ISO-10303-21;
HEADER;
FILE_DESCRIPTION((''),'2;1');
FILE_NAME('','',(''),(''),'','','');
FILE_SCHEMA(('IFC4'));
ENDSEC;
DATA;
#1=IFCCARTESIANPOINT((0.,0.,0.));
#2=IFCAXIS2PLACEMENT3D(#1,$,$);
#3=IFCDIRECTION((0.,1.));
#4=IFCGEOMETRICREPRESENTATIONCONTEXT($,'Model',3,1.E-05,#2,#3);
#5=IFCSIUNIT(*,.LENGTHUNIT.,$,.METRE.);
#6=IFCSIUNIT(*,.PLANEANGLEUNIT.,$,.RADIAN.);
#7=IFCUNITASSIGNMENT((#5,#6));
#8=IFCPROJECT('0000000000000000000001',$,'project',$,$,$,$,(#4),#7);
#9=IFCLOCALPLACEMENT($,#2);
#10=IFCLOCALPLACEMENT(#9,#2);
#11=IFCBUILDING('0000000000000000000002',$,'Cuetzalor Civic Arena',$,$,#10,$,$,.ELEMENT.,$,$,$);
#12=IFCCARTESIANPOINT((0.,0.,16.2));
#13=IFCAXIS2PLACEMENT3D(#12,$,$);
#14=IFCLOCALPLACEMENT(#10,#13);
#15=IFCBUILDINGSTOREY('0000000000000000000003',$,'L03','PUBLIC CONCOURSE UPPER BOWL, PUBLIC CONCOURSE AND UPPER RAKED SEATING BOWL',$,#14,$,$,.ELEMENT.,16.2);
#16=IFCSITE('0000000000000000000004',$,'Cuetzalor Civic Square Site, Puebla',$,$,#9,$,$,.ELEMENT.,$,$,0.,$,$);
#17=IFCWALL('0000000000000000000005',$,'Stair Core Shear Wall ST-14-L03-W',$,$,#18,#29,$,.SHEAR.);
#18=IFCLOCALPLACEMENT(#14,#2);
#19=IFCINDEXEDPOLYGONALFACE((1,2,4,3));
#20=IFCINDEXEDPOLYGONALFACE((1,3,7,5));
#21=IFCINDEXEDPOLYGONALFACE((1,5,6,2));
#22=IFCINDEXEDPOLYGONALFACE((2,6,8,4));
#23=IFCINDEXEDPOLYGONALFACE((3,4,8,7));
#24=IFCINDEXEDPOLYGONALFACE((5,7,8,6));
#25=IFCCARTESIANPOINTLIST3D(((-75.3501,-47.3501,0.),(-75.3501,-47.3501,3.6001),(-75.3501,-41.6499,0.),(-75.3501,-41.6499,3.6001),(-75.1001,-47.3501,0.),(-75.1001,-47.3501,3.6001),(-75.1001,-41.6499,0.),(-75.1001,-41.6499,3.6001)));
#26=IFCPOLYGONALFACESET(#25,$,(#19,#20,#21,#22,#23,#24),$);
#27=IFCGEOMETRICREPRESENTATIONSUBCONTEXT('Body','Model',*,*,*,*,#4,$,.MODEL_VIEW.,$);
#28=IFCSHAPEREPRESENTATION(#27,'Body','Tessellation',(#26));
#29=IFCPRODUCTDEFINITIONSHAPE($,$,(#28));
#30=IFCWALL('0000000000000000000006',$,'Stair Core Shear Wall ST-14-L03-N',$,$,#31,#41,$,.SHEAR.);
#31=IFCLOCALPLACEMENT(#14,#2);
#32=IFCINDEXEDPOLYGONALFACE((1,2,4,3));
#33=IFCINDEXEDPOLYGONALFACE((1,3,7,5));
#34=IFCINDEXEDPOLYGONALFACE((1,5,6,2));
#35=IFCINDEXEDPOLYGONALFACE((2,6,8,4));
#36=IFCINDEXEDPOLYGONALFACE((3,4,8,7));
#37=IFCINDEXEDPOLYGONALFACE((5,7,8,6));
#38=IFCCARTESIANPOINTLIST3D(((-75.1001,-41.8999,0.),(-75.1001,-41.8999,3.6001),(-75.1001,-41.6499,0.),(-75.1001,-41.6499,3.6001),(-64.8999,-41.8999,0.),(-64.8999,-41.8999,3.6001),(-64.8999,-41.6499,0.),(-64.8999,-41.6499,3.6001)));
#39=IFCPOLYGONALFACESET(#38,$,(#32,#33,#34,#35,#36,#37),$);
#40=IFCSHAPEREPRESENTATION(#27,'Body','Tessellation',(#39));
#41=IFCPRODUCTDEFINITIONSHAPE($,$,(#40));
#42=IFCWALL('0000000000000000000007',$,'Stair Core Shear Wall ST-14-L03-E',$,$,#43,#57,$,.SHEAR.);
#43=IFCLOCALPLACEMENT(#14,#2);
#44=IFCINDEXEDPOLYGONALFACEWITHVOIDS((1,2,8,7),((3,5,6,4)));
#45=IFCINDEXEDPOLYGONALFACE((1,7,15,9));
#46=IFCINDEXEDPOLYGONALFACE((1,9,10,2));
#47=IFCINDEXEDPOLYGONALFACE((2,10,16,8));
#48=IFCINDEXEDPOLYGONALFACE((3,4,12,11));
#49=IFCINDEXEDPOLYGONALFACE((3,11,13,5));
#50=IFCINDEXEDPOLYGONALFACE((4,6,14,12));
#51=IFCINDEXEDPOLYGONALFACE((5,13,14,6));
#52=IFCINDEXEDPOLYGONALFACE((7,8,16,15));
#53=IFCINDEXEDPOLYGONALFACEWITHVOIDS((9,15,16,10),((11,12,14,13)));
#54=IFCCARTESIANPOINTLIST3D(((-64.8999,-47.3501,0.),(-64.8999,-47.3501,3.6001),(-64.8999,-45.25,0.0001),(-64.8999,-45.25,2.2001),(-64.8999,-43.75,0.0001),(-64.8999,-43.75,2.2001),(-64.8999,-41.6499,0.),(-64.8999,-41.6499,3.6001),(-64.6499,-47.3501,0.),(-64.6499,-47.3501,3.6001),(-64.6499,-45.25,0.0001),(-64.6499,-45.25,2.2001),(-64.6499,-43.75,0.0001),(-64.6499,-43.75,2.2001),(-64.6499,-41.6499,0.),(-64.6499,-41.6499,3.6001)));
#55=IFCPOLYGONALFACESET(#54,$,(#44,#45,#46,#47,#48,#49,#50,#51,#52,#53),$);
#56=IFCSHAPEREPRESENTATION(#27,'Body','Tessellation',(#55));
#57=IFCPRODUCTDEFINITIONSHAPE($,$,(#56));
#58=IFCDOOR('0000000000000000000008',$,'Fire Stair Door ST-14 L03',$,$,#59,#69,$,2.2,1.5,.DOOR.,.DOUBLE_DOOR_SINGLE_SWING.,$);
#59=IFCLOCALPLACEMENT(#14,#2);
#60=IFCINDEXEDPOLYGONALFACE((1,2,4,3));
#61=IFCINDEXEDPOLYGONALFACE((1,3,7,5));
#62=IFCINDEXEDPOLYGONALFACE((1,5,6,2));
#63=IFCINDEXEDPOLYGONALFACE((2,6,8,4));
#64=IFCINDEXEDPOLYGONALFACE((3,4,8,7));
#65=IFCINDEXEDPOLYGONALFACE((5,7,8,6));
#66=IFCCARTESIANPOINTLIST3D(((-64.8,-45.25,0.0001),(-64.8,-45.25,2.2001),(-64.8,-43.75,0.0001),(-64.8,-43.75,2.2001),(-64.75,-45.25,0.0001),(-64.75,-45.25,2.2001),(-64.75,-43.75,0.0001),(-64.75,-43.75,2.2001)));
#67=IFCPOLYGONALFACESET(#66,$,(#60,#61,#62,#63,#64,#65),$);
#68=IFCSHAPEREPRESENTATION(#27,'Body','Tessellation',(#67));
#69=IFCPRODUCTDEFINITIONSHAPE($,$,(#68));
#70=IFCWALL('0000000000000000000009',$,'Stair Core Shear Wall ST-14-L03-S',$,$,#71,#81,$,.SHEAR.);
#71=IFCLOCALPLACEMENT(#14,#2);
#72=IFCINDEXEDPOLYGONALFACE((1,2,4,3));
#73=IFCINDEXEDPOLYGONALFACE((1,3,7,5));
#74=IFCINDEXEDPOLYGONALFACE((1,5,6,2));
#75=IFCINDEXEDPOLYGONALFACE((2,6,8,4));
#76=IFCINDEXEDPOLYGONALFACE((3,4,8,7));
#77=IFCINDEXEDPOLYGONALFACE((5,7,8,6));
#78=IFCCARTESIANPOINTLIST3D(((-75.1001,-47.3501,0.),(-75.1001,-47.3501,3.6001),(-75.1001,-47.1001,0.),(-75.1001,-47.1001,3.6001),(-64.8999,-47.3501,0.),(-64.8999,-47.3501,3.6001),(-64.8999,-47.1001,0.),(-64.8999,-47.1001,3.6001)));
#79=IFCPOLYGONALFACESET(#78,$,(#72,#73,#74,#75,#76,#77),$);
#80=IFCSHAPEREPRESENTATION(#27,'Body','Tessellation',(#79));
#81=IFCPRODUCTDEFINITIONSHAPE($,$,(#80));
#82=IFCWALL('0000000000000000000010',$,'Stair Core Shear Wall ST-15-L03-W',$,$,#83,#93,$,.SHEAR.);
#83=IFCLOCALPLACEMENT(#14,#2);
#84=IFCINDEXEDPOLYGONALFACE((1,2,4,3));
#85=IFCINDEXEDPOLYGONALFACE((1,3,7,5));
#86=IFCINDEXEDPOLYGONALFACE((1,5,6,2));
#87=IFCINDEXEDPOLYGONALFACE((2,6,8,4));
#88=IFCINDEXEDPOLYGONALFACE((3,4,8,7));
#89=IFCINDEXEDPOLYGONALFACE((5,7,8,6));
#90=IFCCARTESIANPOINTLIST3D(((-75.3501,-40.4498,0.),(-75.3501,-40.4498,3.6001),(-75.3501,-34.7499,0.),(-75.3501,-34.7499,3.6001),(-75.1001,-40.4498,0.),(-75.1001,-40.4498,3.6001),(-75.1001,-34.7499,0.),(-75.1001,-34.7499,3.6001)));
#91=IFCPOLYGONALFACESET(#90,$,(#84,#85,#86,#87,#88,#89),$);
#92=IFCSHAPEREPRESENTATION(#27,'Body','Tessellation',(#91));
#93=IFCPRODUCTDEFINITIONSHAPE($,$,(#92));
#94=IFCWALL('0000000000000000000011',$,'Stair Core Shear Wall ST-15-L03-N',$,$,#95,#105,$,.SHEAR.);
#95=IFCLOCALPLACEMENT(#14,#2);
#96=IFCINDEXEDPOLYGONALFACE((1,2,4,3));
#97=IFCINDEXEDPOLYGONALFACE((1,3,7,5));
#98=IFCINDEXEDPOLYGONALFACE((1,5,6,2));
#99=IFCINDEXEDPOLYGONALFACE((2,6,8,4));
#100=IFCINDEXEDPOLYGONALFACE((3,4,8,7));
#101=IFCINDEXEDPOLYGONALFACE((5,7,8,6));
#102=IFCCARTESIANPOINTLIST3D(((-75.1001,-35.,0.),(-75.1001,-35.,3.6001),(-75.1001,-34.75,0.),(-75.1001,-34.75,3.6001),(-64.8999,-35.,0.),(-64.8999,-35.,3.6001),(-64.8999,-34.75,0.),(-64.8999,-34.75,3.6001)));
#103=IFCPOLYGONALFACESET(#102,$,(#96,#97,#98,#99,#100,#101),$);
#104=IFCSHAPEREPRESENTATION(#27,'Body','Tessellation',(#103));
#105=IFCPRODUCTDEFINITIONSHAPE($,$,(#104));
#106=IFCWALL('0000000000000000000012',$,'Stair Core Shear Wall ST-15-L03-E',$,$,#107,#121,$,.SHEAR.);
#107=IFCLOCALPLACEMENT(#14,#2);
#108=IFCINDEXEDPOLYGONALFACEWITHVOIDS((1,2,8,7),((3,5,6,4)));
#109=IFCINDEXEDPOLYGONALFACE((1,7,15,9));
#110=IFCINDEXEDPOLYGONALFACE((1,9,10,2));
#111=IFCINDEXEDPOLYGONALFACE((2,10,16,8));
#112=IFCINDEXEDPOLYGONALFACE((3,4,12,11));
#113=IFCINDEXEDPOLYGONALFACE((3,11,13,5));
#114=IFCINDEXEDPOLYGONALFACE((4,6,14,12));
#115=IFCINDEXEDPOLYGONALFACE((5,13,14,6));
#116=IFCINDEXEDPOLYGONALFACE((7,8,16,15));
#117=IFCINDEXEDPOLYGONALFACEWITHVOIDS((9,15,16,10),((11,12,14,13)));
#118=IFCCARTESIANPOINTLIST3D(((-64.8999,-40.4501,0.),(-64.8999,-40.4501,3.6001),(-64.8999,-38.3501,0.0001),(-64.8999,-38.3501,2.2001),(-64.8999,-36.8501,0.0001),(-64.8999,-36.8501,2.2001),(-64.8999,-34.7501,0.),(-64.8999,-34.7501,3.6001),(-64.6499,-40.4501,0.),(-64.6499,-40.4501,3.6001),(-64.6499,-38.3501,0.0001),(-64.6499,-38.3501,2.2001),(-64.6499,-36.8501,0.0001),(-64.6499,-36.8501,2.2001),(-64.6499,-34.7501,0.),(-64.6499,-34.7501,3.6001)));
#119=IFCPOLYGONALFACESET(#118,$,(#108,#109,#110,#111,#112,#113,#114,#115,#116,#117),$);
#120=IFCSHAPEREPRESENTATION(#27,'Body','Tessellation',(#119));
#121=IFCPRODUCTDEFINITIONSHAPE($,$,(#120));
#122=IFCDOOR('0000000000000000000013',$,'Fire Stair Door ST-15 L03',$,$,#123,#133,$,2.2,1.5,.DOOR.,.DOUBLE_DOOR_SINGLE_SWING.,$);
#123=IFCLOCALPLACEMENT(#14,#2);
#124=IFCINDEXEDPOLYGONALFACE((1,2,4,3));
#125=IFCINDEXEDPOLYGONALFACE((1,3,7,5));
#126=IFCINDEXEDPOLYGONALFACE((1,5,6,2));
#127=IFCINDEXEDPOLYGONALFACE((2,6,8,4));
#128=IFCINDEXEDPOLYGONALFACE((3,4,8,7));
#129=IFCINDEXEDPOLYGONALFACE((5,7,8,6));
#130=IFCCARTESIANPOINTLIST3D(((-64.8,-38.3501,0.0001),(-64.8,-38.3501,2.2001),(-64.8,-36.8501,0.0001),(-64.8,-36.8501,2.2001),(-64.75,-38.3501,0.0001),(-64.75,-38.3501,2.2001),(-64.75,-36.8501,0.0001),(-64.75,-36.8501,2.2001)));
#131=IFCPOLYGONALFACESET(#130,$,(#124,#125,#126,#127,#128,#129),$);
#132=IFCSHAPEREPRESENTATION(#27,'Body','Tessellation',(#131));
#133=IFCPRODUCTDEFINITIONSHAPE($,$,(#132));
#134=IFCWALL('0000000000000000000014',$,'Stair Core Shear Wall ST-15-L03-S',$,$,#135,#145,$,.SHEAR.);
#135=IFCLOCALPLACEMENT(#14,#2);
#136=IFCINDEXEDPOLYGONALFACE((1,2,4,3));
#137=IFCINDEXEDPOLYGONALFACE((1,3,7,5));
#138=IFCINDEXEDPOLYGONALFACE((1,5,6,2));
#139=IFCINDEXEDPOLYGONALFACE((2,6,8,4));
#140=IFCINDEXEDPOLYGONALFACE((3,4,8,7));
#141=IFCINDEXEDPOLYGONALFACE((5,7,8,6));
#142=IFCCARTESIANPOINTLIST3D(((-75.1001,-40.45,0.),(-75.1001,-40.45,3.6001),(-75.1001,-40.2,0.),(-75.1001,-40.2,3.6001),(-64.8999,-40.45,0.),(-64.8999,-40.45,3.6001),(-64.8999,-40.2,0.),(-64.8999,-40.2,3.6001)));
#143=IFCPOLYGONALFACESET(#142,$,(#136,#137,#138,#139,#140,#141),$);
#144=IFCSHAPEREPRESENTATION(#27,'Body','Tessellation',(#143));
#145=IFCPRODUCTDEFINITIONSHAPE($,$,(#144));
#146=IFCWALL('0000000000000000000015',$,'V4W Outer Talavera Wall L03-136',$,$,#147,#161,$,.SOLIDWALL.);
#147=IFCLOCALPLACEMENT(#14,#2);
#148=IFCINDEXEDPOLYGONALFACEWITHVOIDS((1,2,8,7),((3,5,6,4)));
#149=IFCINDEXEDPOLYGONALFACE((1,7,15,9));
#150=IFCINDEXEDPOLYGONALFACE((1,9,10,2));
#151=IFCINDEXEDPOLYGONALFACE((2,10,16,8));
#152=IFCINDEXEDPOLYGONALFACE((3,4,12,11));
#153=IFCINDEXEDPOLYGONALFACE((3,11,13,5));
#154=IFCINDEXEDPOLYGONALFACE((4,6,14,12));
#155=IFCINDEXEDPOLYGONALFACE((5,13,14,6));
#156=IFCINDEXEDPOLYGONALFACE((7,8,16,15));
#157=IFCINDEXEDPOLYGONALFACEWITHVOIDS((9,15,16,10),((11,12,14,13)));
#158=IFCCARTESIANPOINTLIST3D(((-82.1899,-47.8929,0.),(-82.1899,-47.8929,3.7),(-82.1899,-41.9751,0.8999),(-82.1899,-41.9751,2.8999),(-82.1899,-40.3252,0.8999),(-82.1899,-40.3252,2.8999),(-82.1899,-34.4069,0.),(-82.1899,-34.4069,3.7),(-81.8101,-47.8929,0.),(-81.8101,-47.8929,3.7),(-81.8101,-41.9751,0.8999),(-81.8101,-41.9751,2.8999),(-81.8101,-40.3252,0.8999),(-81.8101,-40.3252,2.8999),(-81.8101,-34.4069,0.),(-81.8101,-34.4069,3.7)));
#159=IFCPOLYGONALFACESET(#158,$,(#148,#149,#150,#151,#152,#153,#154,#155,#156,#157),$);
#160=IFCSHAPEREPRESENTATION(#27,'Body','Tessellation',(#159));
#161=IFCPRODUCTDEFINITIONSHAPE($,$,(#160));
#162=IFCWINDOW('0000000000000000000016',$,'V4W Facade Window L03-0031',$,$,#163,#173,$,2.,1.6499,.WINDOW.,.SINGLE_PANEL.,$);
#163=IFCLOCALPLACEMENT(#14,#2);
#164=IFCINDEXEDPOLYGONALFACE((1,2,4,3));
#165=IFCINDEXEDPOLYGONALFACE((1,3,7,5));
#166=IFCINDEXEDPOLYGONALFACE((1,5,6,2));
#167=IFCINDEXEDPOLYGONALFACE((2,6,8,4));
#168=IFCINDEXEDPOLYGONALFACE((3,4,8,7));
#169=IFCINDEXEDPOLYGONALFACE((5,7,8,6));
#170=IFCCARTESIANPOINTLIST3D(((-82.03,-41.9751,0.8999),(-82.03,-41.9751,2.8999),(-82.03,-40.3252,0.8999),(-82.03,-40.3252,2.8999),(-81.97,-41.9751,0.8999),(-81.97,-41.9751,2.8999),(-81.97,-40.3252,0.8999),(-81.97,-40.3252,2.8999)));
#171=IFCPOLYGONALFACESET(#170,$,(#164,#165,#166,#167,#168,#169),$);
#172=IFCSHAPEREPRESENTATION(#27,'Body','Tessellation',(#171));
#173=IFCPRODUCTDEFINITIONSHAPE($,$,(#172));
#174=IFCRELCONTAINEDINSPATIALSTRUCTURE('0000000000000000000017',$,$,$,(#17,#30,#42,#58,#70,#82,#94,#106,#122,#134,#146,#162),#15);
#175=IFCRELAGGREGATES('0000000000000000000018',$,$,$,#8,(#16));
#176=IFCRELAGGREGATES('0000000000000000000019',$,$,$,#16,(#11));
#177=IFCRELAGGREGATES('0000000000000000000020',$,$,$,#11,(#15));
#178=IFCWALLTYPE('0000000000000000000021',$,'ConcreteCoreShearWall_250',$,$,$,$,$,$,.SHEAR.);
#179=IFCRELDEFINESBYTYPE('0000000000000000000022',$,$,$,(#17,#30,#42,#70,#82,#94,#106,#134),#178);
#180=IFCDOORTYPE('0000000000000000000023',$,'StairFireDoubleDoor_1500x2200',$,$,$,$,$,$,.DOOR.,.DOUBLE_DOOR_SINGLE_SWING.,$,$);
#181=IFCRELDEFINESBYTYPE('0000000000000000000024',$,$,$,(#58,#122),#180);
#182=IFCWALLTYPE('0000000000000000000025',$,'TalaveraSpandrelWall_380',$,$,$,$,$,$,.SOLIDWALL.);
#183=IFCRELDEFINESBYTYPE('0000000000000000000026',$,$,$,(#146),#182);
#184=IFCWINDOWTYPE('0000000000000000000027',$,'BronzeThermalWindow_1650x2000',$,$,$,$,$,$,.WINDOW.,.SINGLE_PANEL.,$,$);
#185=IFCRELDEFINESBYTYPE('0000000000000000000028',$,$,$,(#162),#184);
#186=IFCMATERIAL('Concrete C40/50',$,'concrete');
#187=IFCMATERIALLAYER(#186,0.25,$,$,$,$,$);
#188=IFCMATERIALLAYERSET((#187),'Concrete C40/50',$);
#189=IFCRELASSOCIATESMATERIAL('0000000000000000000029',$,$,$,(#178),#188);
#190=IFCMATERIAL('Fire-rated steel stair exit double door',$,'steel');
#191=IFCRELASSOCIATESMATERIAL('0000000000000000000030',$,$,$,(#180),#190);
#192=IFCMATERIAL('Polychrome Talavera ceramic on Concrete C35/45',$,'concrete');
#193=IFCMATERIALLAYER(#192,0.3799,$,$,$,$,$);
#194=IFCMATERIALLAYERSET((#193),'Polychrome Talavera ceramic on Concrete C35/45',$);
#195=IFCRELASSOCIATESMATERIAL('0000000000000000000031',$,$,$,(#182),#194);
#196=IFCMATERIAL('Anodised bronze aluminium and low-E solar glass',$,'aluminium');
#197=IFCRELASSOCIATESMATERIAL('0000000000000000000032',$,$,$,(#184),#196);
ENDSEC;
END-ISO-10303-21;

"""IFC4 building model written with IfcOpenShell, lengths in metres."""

from ifc_helpers import new_model, si_unit, direction, frame, frame_2d, origin, place, context, subcontext, project, spatial, rectangle, extrude, material, layer, layer_set, type_object, element, fill, save


model = new_model("IFC4")

# Units and contexts
model_context = context("Model", 3, precision=1e-05, world=origin(), true_north=direction((0.0, 1.0)))
body_context = subcontext(model_context, "Body", "Model", "MODEL_VIEW")
ifc_project = project(units=[si_unit("LENGTHUNIT", "METRE"), si_unit("PLANEANGLEUNIT", "RADIAN")], contexts=[model_context])

# Site, building, storey
site_placement = place(None, origin())
site = spatial("IfcSite", under=ifc_project, at=site_placement, Name="Cuetzalor Civic Square Site, Puebla", CompositionType="ELEMENT", RefElevation=0.0)
building_placement = place(site_placement, origin())
building = spatial("IfcBuilding", under=site, at=building_placement, Name="Cuetzalor Civic Arena", CompositionType="ELEMENT")
storey_placement = place(building_placement, frame((0.0, 0.0, 16.2)))
storey = spatial("IfcBuildingStorey", under=building, at=storey_placement, Name="L03", Description="PUBLIC CONCOURSE UPPER BOWL, PUBLIC CONCOURSE AND UPPER RAKED SEATING BOWL", CompositionType="ELEMENT", Elevation=16.2)

# Walls
ifc_material_1 = material(Name="Concrete C40/50", Category="concrete")
ifc_layer_1 = layer(ifc_material_1, 0.25)
ifc_layer_set_1 = layer_set([ifc_layer_1], Name="Concrete C40/50")
wall_type_1 = type_object("IfcWallType", Name="ConcreteCoreShearWall_250", PredefinedType="SHEAR", material=ifc_layer_set_1)
wall_1_placement = place(storey_placement, frame((-75.2251, -47.3501, 0.0), z_axis=(0.0, 0.0, 1.0), x_axis=(0.0, 1.0, 0.0)))
element("IfcWall", 1, at=wall_1_placement, inside=storey, type_object=wall_type_1, Name="Stair Core Shear Wall ST-14-L03-W", PredefinedType="SHEAR", context=body_context, shape_type="SweptSolid", body=[
    extrude(rectangle(XDim=5.7002, YDim=0.25, at=frame_2d((2.8501, 0.0))), origin(), (0.0, 0.0, 1.0), 3.6001),
])
wall_2_placement = place(storey_placement, frame((-75.1001, -41.7749, 0.0), z_axis=(0.0, 0.0, 1.0), x_axis=(1.0, 0.0, 0.0)))
element("IfcWall", 2, at=wall_2_placement, inside=storey, type_object=wall_type_1, Name="Stair Core Shear Wall ST-14-L03-N", PredefinedType="SHEAR", context=body_context, shape_type="SweptSolid", body=[
    extrude(rectangle(XDim=10.2002, YDim=0.25, at=frame_2d((5.1001, 0.0))), origin(), (0.0, 0.0, 1.0), 3.6001),
])

# Wall, opening, door
wall_3_placement = place(storey_placement, frame((-64.7749, -41.6499, 0.0), z_axis=(0.0, 0.0, 1.0), x_axis=(0.0, -1.0, 0.0)))
wall_3 = element("IfcWall", 3, at=wall_3_placement, inside=storey, type_object=wall_type_1, Name="Stair Core Shear Wall ST-14-L03-E", PredefinedType="SHEAR", context=body_context, shape_type="SweptSolid", body=[
    extrude(rectangle(XDim=5.7002, YDim=0.25, at=frame_2d((2.8501, 0.0))), origin(), (0.0, 0.0, 1.0), 3.6001),
])
opening_1_placement = place(wall_3_placement, frame((2.1001, 0.0, 0.0)))
opening_1 = element("IfcOpeningElement", 4, at=opening_1_placement, cuts=wall_3, PredefinedType="OPENING", context=body_context, shape_type="SweptSolid", body=[
    extrude(rectangle(XDim=1.5, YDim=2.2, at=frame_2d((0.75, 1.1001))), frame((0.0, 0.135, 0.0), z_axis=(0.0, -1.0, 0.0), x_axis=(1.0, 0.0, 0.0)), (0.0, 0.0, 1.0), 0.27),
])
ifc_material_2 = material(Name="Fire-rated steel stair exit double door", Category="steel")
door_type = type_object("IfcDoorType", Name="StairFireDoubleDoor_1500x2200", OperationType="DOUBLE_DOOR_SINGLE_SWING", PredefinedType="DOOR", material=ifc_material_2)
door_1_placement = place(opening_1_placement, origin())
door_1 = element("IfcDoor", 5, at=door_1_placement, inside=storey, type_object=door_type, Name="Fire Stair Door ST-14 L03", OperationType="DOUBLE_DOOR_SINGLE_SWING", OverallHeight=2.2, OverallWidth=1.5, PredefinedType="DOOR", context=body_context, shape_type="SweptSolid", body=[
    extrude(rectangle(XDim=1.5, YDim=2.2, at=frame_2d((0.75, 1.1001))), frame((0.0, 0.0249, 0.0), z_axis=(0.0, -1.0, 0.0), x_axis=(1.0, 0.0, 0.0)), (0.0, 0.0, 1.0), 0.05),
])
fill(opening_1, door_1)

# Walls
wall_4_placement = place(storey_placement, frame((-64.8999, -47.2251, 0.0), z_axis=(0.0, 0.0, 1.0), x_axis=(-1.0, 0.0, 0.0)))
element("IfcWall", 6, at=wall_4_placement, inside=storey, type_object=wall_type_1, Name="Stair Core Shear Wall ST-14-L03-S", PredefinedType="SHEAR", context=body_context, shape_type="SweptSolid", body=[
    extrude(rectangle(XDim=10.2002, YDim=0.25, at=frame_2d((5.1001, 0.0))), origin(), (0.0, 0.0, 1.0), 3.6001),
])
wall_5_placement = place(storey_placement, frame((-75.2251, -40.45, 0.0), z_axis=(0.0, 0.0, 1.0), x_axis=(0.0, 1.0, 0.0)))
element("IfcWall", 7, at=wall_5_placement, inside=storey, type_object=wall_type_1, Name="Stair Core Shear Wall ST-15-L03-W", PredefinedType="SHEAR", context=body_context, shape_type="SweptSolid", body=[
    extrude(rectangle(XDim=5.7, YDim=0.25, at=frame_2d((2.8501, 0.0))), origin(), (0.0, 0.0, 1.0), 3.6001),
])
wall_6_placement = place(storey_placement, frame((-75.1001, -34.875, 0.0), z_axis=(0.0, 0.0, 1.0), x_axis=(1.0, 0.0, 0.0)))
element("IfcWall", 8, at=wall_6_placement, inside=storey, type_object=wall_type_1, Name="Stair Core Shear Wall ST-15-L03-N", PredefinedType="SHEAR", context=body_context, shape_type="SweptSolid", body=[
    extrude(rectangle(XDim=10.2002, YDim=0.25, at=frame_2d((5.1001, 0.0))), origin(), (0.0, 0.0, 1.0), 3.6001),
])

# Wall, opening, door
wall_7_placement = place(storey_placement, frame((-64.7749, -34.75, 0.0), z_axis=(0.0, 0.0, 1.0), x_axis=(0.0, -1.0, 0.0)))
wall_7 = element("IfcWall", 9, at=wall_7_placement, inside=storey, type_object=wall_type_1, Name="Stair Core Shear Wall ST-15-L03-E", PredefinedType="SHEAR", context=body_context, shape_type="SweptSolid", body=[
    extrude(rectangle(XDim=5.7, YDim=0.25, at=frame_2d((2.8501, 0.0))), origin(), (0.0, 0.0, 1.0), 3.6001),
])
opening_2_placement = place(wall_7_placement, frame((2.1001, 0.0, 0.0)))
opening_2 = element("IfcOpeningElement", 10, at=opening_2_placement, cuts=wall_7, PredefinedType="OPENING", context=body_context, shape_type="SweptSolid", body=[
    extrude(rectangle(XDim=1.5, YDim=2.2, at=frame_2d((0.75, 1.1001))), frame((0.0, 0.135, 0.0), z_axis=(0.0, -1.0, 0.0), x_axis=(1.0, 0.0, 0.0)), (0.0, 0.0, 1.0), 0.27),
])
door_2_placement = place(opening_2_placement, origin())
door_2 = element("IfcDoor", 11, at=door_2_placement, inside=storey, type_object=door_type, Name="Fire Stair Door ST-15 L03", OperationType="DOUBLE_DOOR_SINGLE_SWING", OverallHeight=2.2, OverallWidth=1.5, PredefinedType="DOOR", context=body_context, shape_type="SweptSolid", body=[
    extrude(rectangle(XDim=1.5, YDim=2.2, at=frame_2d((0.75, 1.1001))), frame((0.0, 0.0249, 0.0), z_axis=(0.0, -1.0, 0.0), x_axis=(1.0, 0.0, 0.0)), (0.0, 0.0, 1.0), 0.05),
])
fill(opening_2, door_2)

# Wall
wall_8_placement = place(storey_placement, frame((-64.8999, -40.325, 0.0), z_axis=(0.0, 0.0, 1.0), x_axis=(-1.0, 0.0, 0.0)))
element("IfcWall", 12, at=wall_8_placement, inside=storey, type_object=wall_type_1, Name="Stair Core Shear Wall ST-15-L03-S", PredefinedType="SHEAR", context=body_context, shape_type="SweptSolid", body=[
    extrude(rectangle(XDim=10.2002, YDim=0.25, at=frame_2d((5.1001, 0.0))), origin(), (0.0, 0.0, 1.0), 3.6001),
])

# Wall, opening, window
ifc_material_3 = material(Name="Polychrome Talavera ceramic on Concrete C35/45", Category="concrete")
ifc_layer_2 = layer(ifc_material_3, 0.3799)
ifc_layer_set_2 = layer_set([ifc_layer_2], Name="Polychrome Talavera ceramic on Concrete C35/45")
wall_type_2 = type_object("IfcWallType", Name="TalaveraSpandrelWall_380", PredefinedType="SOLIDWALL", material=ifc_layer_set_2)
wall_9_placement = place(storey_placement, frame((-82.0, -47.8931, 0.0), z_axis=(0.0, 0.0, 1.0), x_axis=(0.0, 1.0, 0.0)))
wall_9 = element("IfcWall", 13, at=wall_9_placement, inside=storey, type_object=wall_type_2, Name="V4W Outer Talavera Wall L03-136", PredefinedType="SOLIDWALL", context=body_context, shape_type="SweptSolid", body=[
    extrude(rectangle(XDim=13.4861, YDim=0.3799, at=frame_2d((6.7432, 0.0))), origin(), (0.0, 0.0, 1.0), 3.7),
])
opening_3_placement = place(wall_9_placement, frame((5.918, 0.0, 0.8999)))
opening_3 = element("IfcOpeningElement", 14, at=opening_3_placement, cuts=wall_9, PredefinedType="OPENING", context=body_context, shape_type="SweptSolid", body=[
    extrude(rectangle(XDim=1.6499, YDim=2.0, at=frame_2d((0.825, 1.0))), frame((0.0, 0.2, 0.0), z_axis=(0.0, -1.0, 0.0), x_axis=(1.0, 0.0, 0.0)), (0.0, 0.0, 1.0), 0.3999),
])
ifc_material_4 = material(Name="Anodised bronze aluminium and low-E solar glass", Category="aluminium")
window_type = type_object("IfcWindowType", Name="BronzeThermalWindow_1650x2000", PartitioningType="SINGLE_PANEL", PredefinedType="WINDOW", material=ifc_material_4)
window_placement = place(opening_3_placement, origin())
window = element("IfcWindow", 15, at=window_placement, inside=storey, type_object=window_type, Name="V4W Facade Window L03-0031", OverallHeight=2.0, OverallWidth=1.6499, PartitioningType="SINGLE_PANEL", PredefinedType="WINDOW", context=body_context, shape_type="SweptSolid", body=[
    extrude(rectangle(XDim=1.6499, YDim=2.0, at=frame_2d((0.825, 1.0))), frame((0.0, 0.03, 0.0), z_axis=(0.0, -1.0, 0.0), x_axis=(1.0, 0.0, 0.0)), (0.0, 0.0, 1.0), 0.0601),
])
fill(opening_3, window)

save(model, "model.ifc")
